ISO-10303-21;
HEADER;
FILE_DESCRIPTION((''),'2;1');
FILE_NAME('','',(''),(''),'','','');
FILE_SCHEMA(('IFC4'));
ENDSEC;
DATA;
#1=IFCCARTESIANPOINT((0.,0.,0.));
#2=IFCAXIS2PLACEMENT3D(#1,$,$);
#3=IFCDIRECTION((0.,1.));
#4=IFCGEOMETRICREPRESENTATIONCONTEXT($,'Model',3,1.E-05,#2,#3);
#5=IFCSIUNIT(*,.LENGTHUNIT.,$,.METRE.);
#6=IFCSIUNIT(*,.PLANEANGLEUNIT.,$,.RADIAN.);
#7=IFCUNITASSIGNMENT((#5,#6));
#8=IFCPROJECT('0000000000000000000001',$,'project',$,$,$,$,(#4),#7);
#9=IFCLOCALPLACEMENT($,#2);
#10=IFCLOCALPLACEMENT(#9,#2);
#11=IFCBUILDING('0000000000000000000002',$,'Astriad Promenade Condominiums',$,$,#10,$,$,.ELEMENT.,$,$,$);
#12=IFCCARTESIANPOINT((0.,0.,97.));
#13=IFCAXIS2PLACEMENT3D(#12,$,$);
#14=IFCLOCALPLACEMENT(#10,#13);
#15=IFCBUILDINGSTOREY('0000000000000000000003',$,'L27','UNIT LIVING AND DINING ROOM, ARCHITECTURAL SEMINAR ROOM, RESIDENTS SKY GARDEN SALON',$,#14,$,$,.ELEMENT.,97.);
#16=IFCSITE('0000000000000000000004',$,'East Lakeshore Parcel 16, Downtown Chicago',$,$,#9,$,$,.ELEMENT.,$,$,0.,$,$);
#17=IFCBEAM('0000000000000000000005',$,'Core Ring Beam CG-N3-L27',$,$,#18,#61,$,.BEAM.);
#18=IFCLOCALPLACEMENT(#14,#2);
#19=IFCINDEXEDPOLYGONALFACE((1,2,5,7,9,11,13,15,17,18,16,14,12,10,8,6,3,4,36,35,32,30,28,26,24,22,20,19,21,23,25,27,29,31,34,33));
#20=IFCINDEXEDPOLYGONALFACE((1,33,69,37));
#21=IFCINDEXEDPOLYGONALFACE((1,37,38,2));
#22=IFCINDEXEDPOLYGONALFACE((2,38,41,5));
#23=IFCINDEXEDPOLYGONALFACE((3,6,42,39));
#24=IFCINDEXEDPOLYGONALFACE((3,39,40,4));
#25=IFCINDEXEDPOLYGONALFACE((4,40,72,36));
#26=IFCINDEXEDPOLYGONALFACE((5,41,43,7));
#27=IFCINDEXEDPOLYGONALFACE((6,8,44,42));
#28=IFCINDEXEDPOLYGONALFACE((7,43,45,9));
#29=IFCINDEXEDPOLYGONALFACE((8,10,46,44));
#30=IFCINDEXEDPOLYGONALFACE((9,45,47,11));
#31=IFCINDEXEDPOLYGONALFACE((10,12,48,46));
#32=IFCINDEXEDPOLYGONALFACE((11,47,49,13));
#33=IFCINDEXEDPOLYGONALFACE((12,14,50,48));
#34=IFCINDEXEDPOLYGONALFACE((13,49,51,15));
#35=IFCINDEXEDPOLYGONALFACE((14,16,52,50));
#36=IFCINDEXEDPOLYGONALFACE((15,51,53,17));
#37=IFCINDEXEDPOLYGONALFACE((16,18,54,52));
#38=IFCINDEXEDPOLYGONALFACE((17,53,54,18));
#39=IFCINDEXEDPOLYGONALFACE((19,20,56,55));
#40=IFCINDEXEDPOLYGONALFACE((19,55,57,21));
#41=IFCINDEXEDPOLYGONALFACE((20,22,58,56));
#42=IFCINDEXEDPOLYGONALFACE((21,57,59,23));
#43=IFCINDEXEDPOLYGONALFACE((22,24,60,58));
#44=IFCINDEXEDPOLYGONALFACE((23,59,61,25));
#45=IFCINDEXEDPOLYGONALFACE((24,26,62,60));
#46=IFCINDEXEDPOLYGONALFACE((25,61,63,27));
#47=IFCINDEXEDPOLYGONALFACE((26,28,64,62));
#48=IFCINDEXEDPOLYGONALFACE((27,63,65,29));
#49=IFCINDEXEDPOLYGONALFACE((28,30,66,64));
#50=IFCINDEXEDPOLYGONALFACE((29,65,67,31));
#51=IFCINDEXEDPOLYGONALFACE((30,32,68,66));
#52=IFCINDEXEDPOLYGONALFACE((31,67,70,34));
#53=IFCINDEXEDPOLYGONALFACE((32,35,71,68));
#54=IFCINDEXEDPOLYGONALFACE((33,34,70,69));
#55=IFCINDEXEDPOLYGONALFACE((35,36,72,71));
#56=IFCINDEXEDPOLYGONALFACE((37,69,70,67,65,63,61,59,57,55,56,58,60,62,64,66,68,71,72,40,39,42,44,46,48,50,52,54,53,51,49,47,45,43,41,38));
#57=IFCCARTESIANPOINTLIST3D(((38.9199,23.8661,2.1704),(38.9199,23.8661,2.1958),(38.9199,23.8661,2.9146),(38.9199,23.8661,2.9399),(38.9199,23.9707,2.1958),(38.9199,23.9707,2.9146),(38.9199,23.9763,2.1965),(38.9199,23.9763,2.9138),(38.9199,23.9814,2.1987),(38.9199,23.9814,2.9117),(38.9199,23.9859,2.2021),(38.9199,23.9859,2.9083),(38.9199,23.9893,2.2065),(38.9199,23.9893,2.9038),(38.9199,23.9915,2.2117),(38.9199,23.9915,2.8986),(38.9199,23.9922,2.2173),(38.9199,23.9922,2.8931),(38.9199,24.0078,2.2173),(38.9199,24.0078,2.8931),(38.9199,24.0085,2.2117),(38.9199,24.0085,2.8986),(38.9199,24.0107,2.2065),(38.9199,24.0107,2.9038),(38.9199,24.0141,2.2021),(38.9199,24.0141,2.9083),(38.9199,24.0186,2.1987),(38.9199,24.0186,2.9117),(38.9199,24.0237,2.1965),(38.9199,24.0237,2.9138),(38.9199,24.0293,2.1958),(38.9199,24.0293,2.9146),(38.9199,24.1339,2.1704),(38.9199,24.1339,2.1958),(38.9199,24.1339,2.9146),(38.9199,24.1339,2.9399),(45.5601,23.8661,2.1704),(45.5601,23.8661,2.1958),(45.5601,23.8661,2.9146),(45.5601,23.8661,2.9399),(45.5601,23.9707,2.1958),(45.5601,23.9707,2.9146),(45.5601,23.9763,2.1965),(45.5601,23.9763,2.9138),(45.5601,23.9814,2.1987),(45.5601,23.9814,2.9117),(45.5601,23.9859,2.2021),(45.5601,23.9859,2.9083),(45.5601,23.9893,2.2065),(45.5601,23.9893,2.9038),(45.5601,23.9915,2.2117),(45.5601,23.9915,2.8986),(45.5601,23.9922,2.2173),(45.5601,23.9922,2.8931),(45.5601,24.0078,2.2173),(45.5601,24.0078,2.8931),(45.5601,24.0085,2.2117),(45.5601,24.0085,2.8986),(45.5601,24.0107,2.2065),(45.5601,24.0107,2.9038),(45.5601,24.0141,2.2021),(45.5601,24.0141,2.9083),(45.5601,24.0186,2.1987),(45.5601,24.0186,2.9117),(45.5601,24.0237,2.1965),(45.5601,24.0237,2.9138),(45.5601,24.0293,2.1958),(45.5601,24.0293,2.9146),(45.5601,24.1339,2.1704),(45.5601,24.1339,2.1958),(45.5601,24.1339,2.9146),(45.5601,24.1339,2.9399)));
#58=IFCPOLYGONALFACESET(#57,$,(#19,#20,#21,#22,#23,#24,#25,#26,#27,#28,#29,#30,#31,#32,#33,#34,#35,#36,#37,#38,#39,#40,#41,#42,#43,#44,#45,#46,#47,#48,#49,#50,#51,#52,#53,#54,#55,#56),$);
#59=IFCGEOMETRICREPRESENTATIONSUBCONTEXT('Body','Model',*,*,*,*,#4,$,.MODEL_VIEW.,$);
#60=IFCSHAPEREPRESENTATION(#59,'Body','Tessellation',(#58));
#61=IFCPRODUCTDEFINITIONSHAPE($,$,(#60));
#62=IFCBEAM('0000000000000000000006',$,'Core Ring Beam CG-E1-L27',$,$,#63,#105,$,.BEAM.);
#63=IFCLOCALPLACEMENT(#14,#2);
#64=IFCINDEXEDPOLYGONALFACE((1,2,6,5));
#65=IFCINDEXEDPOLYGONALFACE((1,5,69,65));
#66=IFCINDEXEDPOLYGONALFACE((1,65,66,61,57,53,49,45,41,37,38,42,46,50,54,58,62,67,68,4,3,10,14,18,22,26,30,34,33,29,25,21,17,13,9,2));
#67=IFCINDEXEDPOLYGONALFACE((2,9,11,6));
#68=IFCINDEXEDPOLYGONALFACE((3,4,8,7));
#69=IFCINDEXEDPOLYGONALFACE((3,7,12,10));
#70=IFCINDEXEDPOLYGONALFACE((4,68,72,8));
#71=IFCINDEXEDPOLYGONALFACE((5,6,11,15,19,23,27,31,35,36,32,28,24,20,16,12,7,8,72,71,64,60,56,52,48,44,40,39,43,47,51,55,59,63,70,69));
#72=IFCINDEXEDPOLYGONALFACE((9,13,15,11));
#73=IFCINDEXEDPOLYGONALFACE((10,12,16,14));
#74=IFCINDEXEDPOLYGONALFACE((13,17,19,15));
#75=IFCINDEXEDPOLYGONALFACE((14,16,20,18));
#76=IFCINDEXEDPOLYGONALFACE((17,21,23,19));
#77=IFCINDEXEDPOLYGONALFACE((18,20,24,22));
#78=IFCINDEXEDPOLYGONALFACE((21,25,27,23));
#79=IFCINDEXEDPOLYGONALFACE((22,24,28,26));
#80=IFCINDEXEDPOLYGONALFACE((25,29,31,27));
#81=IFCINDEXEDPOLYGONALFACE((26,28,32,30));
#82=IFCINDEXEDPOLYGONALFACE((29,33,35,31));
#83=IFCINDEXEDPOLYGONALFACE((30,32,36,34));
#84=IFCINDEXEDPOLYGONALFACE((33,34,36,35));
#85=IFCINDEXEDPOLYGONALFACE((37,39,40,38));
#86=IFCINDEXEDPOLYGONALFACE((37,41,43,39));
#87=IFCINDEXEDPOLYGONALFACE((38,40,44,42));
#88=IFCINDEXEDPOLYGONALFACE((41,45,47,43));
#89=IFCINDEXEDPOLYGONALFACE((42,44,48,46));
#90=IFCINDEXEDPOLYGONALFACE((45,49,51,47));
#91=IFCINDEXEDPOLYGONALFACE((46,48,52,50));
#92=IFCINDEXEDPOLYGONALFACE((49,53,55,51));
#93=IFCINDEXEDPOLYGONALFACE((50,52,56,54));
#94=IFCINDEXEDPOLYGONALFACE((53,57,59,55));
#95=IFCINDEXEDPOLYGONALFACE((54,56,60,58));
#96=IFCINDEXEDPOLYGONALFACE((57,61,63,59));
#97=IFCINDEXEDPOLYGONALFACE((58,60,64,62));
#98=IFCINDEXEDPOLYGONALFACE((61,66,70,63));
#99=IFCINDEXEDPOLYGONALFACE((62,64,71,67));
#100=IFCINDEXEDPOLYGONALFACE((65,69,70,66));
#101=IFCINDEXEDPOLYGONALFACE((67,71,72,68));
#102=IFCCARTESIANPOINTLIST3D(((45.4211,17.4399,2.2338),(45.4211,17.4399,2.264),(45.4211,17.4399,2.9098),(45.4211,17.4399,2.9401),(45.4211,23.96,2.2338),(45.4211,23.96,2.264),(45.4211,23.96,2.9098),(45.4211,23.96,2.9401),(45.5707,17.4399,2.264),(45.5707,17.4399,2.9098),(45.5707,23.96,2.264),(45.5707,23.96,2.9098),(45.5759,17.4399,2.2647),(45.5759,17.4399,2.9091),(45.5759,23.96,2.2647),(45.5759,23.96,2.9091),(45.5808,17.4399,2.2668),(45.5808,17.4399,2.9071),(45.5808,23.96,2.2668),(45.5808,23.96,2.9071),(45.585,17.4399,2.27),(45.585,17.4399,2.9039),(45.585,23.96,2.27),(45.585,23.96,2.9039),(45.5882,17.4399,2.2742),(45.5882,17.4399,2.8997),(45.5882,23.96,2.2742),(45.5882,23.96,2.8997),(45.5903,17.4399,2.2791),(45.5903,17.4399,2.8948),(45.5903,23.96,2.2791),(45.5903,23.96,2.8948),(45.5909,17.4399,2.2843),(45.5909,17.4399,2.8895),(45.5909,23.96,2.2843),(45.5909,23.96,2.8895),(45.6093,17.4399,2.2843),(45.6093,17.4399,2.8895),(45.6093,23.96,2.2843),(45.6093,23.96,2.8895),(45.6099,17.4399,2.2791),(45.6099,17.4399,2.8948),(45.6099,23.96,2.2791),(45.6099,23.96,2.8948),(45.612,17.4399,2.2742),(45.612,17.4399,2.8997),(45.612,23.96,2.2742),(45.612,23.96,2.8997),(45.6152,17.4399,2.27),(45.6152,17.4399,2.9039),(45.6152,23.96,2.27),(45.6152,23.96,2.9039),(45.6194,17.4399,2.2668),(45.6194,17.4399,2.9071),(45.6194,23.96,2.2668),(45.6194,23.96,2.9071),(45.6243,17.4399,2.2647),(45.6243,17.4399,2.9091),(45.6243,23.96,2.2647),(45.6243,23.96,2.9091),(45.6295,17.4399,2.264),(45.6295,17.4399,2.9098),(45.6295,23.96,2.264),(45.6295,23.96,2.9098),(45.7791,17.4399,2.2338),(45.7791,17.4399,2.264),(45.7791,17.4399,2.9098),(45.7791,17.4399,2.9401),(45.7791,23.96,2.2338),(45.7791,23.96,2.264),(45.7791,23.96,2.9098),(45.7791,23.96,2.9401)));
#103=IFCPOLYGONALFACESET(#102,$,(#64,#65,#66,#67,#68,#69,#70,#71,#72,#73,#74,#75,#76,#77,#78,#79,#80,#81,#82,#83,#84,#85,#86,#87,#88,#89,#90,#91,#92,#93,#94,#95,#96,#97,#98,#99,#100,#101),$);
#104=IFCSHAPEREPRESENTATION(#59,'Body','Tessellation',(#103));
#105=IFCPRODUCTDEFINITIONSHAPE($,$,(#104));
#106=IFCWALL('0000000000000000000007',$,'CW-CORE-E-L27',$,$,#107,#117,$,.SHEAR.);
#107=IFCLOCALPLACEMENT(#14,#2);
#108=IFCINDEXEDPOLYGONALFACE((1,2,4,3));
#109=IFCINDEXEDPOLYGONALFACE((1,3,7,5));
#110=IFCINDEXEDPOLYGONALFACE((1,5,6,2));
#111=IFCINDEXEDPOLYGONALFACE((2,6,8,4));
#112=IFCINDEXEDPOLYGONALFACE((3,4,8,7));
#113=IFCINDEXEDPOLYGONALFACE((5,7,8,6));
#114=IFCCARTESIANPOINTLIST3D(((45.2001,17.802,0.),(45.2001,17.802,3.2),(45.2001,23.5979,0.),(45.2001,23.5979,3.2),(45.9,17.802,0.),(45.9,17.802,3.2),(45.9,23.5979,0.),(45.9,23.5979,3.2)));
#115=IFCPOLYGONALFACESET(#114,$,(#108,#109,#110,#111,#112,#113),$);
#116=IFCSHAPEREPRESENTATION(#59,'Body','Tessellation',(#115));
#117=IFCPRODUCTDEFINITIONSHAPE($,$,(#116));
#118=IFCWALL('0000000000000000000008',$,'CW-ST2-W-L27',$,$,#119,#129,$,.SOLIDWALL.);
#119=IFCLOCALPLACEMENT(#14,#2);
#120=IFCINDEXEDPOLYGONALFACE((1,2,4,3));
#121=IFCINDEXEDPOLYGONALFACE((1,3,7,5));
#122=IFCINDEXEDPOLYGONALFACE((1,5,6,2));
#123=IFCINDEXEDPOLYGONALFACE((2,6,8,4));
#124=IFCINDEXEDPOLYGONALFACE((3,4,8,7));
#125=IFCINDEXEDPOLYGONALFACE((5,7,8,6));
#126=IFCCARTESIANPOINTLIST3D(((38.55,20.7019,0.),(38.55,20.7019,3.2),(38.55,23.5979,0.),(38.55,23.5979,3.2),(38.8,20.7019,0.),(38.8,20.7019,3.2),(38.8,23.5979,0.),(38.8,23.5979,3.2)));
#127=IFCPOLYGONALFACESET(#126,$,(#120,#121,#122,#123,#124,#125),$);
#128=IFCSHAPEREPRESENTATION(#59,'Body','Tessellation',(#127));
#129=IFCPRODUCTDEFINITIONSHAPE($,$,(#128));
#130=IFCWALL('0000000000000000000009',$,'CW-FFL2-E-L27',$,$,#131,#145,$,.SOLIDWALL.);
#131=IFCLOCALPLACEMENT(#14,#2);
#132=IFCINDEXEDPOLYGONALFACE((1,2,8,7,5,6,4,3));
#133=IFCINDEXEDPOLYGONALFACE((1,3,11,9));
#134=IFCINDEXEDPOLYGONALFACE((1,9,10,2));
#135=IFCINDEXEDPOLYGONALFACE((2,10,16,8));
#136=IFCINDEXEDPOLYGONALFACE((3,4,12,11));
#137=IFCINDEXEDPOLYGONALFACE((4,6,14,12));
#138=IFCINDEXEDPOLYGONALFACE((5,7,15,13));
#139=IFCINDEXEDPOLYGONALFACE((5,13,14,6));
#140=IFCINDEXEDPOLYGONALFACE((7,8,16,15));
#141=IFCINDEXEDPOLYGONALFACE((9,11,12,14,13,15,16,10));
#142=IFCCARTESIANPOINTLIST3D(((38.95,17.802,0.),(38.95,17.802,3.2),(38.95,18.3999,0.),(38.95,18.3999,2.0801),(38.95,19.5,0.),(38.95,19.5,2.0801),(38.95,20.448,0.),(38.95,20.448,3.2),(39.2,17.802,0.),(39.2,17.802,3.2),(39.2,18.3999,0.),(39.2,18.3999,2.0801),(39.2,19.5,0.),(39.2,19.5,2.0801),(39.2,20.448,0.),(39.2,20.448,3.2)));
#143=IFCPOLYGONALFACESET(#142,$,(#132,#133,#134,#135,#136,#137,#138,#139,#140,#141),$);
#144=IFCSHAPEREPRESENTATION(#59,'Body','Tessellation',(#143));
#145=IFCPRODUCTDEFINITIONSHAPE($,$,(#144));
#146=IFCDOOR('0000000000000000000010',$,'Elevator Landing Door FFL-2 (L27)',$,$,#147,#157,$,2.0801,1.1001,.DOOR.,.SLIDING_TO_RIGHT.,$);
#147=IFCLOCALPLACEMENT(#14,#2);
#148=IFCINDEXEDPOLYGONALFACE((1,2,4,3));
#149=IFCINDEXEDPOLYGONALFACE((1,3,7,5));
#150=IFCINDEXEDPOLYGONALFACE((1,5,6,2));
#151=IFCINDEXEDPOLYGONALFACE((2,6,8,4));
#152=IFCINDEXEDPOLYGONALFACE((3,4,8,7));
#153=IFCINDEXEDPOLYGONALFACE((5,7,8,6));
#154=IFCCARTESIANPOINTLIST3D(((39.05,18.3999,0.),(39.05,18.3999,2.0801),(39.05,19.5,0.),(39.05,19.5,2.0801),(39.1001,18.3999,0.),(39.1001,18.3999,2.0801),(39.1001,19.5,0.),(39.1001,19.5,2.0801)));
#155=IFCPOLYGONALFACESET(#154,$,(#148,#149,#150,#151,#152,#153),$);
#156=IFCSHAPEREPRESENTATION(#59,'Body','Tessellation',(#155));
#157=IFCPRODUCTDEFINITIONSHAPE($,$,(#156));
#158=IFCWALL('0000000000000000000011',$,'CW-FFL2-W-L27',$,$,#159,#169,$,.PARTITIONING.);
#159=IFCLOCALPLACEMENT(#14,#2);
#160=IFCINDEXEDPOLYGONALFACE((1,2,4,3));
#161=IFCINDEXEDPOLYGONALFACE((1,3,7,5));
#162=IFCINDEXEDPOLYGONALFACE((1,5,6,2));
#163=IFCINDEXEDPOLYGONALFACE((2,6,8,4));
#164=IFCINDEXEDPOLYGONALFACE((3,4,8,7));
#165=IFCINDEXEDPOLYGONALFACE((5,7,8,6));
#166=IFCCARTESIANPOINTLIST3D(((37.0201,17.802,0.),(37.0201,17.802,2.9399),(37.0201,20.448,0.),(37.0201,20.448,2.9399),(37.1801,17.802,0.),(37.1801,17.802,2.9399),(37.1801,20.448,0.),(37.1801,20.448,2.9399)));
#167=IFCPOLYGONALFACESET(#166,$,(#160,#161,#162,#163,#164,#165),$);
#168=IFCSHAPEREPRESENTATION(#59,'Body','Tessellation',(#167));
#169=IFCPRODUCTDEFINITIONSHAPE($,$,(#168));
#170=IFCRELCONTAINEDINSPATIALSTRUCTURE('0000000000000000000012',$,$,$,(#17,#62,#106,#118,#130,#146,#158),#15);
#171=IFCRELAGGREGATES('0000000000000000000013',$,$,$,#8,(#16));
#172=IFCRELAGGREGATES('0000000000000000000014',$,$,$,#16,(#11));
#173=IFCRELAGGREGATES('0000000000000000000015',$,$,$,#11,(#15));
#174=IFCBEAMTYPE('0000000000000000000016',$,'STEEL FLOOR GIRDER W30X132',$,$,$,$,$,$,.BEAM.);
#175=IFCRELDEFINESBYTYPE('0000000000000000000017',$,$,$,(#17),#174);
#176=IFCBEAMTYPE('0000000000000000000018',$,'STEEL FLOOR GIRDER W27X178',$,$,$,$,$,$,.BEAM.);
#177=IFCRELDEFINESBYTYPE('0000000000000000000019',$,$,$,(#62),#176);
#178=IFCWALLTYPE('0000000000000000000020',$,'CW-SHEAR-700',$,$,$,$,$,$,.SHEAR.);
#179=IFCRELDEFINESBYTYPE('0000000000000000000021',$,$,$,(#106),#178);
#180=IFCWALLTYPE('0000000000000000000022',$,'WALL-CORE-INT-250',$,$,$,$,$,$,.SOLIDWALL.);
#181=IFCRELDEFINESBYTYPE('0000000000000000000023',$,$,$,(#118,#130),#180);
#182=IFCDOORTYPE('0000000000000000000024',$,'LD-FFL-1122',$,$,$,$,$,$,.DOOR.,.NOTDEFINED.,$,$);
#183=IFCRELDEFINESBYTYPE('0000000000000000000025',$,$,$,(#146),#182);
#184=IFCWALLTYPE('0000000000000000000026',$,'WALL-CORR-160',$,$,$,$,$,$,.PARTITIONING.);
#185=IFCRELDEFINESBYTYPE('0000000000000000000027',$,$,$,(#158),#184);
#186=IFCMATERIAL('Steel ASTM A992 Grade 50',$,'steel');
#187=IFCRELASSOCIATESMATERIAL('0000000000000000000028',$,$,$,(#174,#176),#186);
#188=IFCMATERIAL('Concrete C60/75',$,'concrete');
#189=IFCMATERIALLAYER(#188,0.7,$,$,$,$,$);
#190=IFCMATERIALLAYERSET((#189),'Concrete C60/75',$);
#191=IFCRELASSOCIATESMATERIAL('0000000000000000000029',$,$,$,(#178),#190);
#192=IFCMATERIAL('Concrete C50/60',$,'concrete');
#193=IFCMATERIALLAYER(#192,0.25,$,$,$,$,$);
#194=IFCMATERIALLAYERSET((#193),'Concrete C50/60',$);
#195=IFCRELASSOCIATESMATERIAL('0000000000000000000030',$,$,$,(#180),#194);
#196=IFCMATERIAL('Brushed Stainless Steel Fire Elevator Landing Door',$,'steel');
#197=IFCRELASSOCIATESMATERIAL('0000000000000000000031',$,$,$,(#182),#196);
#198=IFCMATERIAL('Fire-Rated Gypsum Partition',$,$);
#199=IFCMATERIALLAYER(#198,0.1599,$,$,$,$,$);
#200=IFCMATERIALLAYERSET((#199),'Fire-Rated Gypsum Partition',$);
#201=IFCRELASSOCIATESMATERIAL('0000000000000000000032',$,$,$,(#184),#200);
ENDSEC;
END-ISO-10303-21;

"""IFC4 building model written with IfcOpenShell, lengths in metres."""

from ifc_helpers import new_model, si_unit, direction, frame, frame_2d, origin, origin_2d, place, context, subcontext, project, spatial, rectangle, i_section, extrude, source, transform, mapped, material, layer, layer_set, material_profile, profile_set, type_object, type_shapes, element, fill, save


model = new_model("IFC4")

# Units and contexts
model_context = context("Model", 3, precision=1e-05, world=origin(), true_north=direction((0.0, 1.0)))
body_context = subcontext(model_context, "Body", "Model", "MODEL_VIEW")
ifc_project = project(units=[si_unit("LENGTHUNIT", "METRE"), si_unit("PLANEANGLEUNIT", "RADIAN")], contexts=[model_context])

# Site, building, storey
site_placement = place(None, origin())
site = spatial("IfcSite", under=ifc_project, at=site_placement, Name="East Lakeshore Parcel 16, Downtown Chicago", CompositionType="ELEMENT", RefElevation=0.0)
building_placement = place(site_placement, origin())
building = spatial("IfcBuilding", under=site, at=building_placement, Name="Astriad Promenade Condominiums", CompositionType="ELEMENT")
storey_placement = place(building_placement, frame((0.0, 0.0, 97.0)))
storey = spatial("IfcBuildingStorey", under=building, at=storey_placement, Name="L27", Description="UNIT LIVING AND DINING ROOM, ARCHITECTURAL SEMINAR ROOM, RESIDENTS SKY GARDEN SALON", CompositionType="ELEMENT", Elevation=97.0)

# Shared definitions
ifc_material_1 = material(Name="Steel ASTM A992 Grade 50", Category="steel")

# Beams
ifc_material_profile_1 = material_profile(ifc_material_1, i_section(OverallWidth=0.2678, OverallDepth=0.7695, WebThickness=0.0156, FlangeThickness=0.0254, FilletRadius=0.0215, at=origin_2d()), Name="W30X132")
ifc_profile_set_1 = profile_set([ifc_material_profile_1], Name="Steel ASTM A992 Grade 50")
beam_type_1 = type_object("IfcBeamType", Name="STEEL FLOOR GIRDER W30X132", PredefinedType="BEAM", material=ifc_profile_set_1)
shared_shape_1 = source(origin(), body_context, "Body", "SweptSolid", [
    extrude(i_section(OverallWidth=0.2678, OverallDepth=0.7695, WebThickness=0.0156, FlangeThickness=0.0254, FilletRadius=0.0215, at=origin_2d()), origin(), (0.0, 0.0, 1.0), 6.6401),
])
type_shapes(beam_type_1, [shared_shape_1])
beam_1_placement = place(storey_placement, frame((38.9199, 24.0, 2.5552), z_axis=(1.0, 0.0, 0.0), x_axis=(0.0, 1.0, 0.0)))
element("IfcBeam", 1, at=beam_1_placement, inside=storey, type_object=beam_type_1, Name="Core Ring Beam CG-N3-L27", PredefinedType="BEAM", context=body_context, shape_type="MappedRepresentation", body=[
    mapped(shared_shape_1, transform((0.0, 0.0, 0.0), scale=1.0)),
])
ifc_material_profile_2 = material_profile(ifc_material_1, i_section(OverallWidth=0.3579, OverallDepth=0.7063, WebThickness=0.0183, FlangeThickness=0.0303, FilletRadius=0.0203, at=origin_2d()), Name="W27X178")
ifc_profile_set_2 = profile_set([ifc_material_profile_2], Name="Steel ASTM A992 Grade 50")
beam_type_2 = type_object("IfcBeamType", Name="STEEL FLOOR GIRDER W27X178", PredefinedType="BEAM", material=ifc_profile_set_2)
shared_shape_2 = source(origin(), body_context, "Body", "SweptSolid", [
    extrude(i_section(OverallWidth=0.3579, OverallDepth=0.7063, WebThickness=0.0183, FlangeThickness=0.0303, FilletRadius=0.0203, at=origin_2d()), origin(), (0.0, 0.0, 1.0), 6.52),
])
type_shapes(beam_type_2, [shared_shape_2])
beam_2_placement = place(storey_placement, frame((45.6001, 17.4399, 2.5869), z_axis=(0.0, 1.0, 0.0), x_axis=(-1.0, 0.0, 0.0)))
element("IfcBeam", 2, at=beam_2_placement, inside=storey, type_object=beam_type_2, Name="Core Ring Beam CG-E1-L27", PredefinedType="BEAM", context=body_context, shape_type="MappedRepresentation", body=[
    mapped(shared_shape_2, transform((0.0, 0.0, 0.0), scale=1.0)),
])

# Walls
ifc_material_2 = material(Name="Concrete C60/75", Category="concrete")
ifc_layer_1 = layer(ifc_material_2, 0.7)
ifc_layer_set_1 = layer_set([ifc_layer_1], Name="Concrete C60/75")
wall_type_1 = type_object("IfcWallType", Name="CW-SHEAR-700", PredefinedType="SHEAR", material=ifc_layer_set_1)
wall_1_placement = place(storey_placement, frame((45.55, 17.802, 0.0), z_axis=(0.0, 0.0, 1.0), x_axis=(0.0, 1.0, 0.0)))
element("IfcWall", 3, at=wall_1_placement, inside=storey, type_object=wall_type_1, Name="CW-CORE-E-L27", PredefinedType="SHEAR", context=body_context, shape_type="SweptSolid", body=[
    extrude(rectangle(XDim=5.7959, YDim=0.7, at=frame_2d((2.8979, 0.0))), origin(), (0.0, 0.0, 1.0), 3.2),
])
ifc_material_3 = material(Name="Concrete C50/60", Category="concrete")
ifc_layer_2 = layer(ifc_material_3, 0.25)
ifc_layer_set_2 = layer_set([ifc_layer_2], Name="Concrete C50/60")
wall_type_2 = type_object("IfcWallType", Name="WALL-CORE-INT-250", PredefinedType="SOLIDWALL", material=ifc_layer_set_2)
wall_2_placement = place(storey_placement, frame((38.675, 20.7019, 0.0), z_axis=(0.0, 0.0, 1.0), x_axis=(0.0, 1.0, 0.0)))
element("IfcWall", 4, at=wall_2_placement, inside=storey, type_object=wall_type_2, Name="CW-ST2-W-L27", PredefinedType="SOLIDWALL", context=body_context, shape_type="SweptSolid", body=[
    extrude(rectangle(XDim=2.896, YDim=0.25, at=frame_2d((1.448, 0.0))), origin(), (0.0, 0.0, 1.0), 3.2),
])

# Wall, opening, door
wall_3_placement = place(storey_placement, frame((39.075, 17.802, 0.0), z_axis=(0.0, 0.0, 1.0), x_axis=(0.0, 1.0, 0.0)))
wall_3 = element("IfcWall", 5, at=wall_3_placement, inside=storey, type_object=wall_type_2, Name="CW-FFL2-E-L27", PredefinedType="SOLIDWALL", context=body_context, shape_type="SweptSolid", body=[
    extrude(rectangle(XDim=2.646, YDim=0.25, at=frame_2d((1.323, 0.0))), origin(), (0.0, 0.0, 1.0), 3.2),
])
opening_placement = place(wall_3_placement, frame((0.5979, 0.0, 0.0)))
opening = element("IfcOpeningElement", 6, at=opening_placement, cuts=wall_3, PredefinedType="OPENING", context=body_context, shape_type="SweptSolid", body=[
    extrude(rectangle(XDim=1.1001, YDim=2.0801, at=frame_2d((0.55, 1.04))), frame((0.0, 0.135, 0.0), z_axis=(0.0, -1.0, 0.0), x_axis=(1.0, 0.0, 0.0)), (0.0, 0.0, 1.0), 0.27),
])
ifc_material_4 = material(Name="Brushed Stainless Steel Fire Elevator Landing Door", Category="steel")
door_type = type_object("IfcDoorType", Name="LD-FFL-1122", OperationType="NOTDEFINED", PredefinedType="DOOR", material=ifc_material_4)
shared_shape_3 = source(origin(), body_context, "Body", "SweptSolid", [
    extrude(rectangle(XDim=1.1001, YDim=2.0801, at=frame_2d((0.55, 1.04))), frame((0.0, 0.0249, 0.0), z_axis=(0.0, -1.0, 0.0), x_axis=(1.0, 0.0, 0.0)), (0.0, 0.0, 1.0), 0.05),
])
type_shapes(door_type, [shared_shape_3])
door_placement = place(opening_placement, origin())
door = element("IfcDoor", 7, at=door_placement, inside=storey, type_object=door_type, Name="Elevator Landing Door FFL-2 (L27)", OperationType="SLIDING_TO_RIGHT", OverallHeight=2.0801, OverallWidth=1.1001, PredefinedType="DOOR", context=body_context, shape_type="MappedRepresentation", body=[
    mapped(shared_shape_3, transform((0.0, 0.0, 0.0), scale=1.0)),
])
fill(opening, door)

# Wall
ifc_material_5 = material(Name="Fire-Rated Gypsum Partition")
ifc_layer_3 = layer(ifc_material_5, 0.1599)
ifc_layer_set_3 = layer_set([ifc_layer_3], Name="Fire-Rated Gypsum Partition")
wall_type_3 = type_object("IfcWallType", Name="WALL-CORR-160", PredefinedType="PARTITIONING", material=ifc_layer_set_3)
wall_4_placement = place(storey_placement, frame((37.1001, 17.802, 0.0), z_axis=(0.0, 0.0, 1.0), x_axis=(0.0, 1.0, 0.0)))
element("IfcWall", 8, at=wall_4_placement, inside=storey, type_object=wall_type_3, Name="CW-FFL2-W-L27", PredefinedType="PARTITIONING", context=body_context, shape_type="SweptSolid", body=[
    extrude(rectangle(XDim=2.646, YDim=0.1599, at=frame_2d((1.323, 0.0))), origin(), (0.0, 0.0, 1.0), 2.9399),
])

save(model, "model.ifc")
